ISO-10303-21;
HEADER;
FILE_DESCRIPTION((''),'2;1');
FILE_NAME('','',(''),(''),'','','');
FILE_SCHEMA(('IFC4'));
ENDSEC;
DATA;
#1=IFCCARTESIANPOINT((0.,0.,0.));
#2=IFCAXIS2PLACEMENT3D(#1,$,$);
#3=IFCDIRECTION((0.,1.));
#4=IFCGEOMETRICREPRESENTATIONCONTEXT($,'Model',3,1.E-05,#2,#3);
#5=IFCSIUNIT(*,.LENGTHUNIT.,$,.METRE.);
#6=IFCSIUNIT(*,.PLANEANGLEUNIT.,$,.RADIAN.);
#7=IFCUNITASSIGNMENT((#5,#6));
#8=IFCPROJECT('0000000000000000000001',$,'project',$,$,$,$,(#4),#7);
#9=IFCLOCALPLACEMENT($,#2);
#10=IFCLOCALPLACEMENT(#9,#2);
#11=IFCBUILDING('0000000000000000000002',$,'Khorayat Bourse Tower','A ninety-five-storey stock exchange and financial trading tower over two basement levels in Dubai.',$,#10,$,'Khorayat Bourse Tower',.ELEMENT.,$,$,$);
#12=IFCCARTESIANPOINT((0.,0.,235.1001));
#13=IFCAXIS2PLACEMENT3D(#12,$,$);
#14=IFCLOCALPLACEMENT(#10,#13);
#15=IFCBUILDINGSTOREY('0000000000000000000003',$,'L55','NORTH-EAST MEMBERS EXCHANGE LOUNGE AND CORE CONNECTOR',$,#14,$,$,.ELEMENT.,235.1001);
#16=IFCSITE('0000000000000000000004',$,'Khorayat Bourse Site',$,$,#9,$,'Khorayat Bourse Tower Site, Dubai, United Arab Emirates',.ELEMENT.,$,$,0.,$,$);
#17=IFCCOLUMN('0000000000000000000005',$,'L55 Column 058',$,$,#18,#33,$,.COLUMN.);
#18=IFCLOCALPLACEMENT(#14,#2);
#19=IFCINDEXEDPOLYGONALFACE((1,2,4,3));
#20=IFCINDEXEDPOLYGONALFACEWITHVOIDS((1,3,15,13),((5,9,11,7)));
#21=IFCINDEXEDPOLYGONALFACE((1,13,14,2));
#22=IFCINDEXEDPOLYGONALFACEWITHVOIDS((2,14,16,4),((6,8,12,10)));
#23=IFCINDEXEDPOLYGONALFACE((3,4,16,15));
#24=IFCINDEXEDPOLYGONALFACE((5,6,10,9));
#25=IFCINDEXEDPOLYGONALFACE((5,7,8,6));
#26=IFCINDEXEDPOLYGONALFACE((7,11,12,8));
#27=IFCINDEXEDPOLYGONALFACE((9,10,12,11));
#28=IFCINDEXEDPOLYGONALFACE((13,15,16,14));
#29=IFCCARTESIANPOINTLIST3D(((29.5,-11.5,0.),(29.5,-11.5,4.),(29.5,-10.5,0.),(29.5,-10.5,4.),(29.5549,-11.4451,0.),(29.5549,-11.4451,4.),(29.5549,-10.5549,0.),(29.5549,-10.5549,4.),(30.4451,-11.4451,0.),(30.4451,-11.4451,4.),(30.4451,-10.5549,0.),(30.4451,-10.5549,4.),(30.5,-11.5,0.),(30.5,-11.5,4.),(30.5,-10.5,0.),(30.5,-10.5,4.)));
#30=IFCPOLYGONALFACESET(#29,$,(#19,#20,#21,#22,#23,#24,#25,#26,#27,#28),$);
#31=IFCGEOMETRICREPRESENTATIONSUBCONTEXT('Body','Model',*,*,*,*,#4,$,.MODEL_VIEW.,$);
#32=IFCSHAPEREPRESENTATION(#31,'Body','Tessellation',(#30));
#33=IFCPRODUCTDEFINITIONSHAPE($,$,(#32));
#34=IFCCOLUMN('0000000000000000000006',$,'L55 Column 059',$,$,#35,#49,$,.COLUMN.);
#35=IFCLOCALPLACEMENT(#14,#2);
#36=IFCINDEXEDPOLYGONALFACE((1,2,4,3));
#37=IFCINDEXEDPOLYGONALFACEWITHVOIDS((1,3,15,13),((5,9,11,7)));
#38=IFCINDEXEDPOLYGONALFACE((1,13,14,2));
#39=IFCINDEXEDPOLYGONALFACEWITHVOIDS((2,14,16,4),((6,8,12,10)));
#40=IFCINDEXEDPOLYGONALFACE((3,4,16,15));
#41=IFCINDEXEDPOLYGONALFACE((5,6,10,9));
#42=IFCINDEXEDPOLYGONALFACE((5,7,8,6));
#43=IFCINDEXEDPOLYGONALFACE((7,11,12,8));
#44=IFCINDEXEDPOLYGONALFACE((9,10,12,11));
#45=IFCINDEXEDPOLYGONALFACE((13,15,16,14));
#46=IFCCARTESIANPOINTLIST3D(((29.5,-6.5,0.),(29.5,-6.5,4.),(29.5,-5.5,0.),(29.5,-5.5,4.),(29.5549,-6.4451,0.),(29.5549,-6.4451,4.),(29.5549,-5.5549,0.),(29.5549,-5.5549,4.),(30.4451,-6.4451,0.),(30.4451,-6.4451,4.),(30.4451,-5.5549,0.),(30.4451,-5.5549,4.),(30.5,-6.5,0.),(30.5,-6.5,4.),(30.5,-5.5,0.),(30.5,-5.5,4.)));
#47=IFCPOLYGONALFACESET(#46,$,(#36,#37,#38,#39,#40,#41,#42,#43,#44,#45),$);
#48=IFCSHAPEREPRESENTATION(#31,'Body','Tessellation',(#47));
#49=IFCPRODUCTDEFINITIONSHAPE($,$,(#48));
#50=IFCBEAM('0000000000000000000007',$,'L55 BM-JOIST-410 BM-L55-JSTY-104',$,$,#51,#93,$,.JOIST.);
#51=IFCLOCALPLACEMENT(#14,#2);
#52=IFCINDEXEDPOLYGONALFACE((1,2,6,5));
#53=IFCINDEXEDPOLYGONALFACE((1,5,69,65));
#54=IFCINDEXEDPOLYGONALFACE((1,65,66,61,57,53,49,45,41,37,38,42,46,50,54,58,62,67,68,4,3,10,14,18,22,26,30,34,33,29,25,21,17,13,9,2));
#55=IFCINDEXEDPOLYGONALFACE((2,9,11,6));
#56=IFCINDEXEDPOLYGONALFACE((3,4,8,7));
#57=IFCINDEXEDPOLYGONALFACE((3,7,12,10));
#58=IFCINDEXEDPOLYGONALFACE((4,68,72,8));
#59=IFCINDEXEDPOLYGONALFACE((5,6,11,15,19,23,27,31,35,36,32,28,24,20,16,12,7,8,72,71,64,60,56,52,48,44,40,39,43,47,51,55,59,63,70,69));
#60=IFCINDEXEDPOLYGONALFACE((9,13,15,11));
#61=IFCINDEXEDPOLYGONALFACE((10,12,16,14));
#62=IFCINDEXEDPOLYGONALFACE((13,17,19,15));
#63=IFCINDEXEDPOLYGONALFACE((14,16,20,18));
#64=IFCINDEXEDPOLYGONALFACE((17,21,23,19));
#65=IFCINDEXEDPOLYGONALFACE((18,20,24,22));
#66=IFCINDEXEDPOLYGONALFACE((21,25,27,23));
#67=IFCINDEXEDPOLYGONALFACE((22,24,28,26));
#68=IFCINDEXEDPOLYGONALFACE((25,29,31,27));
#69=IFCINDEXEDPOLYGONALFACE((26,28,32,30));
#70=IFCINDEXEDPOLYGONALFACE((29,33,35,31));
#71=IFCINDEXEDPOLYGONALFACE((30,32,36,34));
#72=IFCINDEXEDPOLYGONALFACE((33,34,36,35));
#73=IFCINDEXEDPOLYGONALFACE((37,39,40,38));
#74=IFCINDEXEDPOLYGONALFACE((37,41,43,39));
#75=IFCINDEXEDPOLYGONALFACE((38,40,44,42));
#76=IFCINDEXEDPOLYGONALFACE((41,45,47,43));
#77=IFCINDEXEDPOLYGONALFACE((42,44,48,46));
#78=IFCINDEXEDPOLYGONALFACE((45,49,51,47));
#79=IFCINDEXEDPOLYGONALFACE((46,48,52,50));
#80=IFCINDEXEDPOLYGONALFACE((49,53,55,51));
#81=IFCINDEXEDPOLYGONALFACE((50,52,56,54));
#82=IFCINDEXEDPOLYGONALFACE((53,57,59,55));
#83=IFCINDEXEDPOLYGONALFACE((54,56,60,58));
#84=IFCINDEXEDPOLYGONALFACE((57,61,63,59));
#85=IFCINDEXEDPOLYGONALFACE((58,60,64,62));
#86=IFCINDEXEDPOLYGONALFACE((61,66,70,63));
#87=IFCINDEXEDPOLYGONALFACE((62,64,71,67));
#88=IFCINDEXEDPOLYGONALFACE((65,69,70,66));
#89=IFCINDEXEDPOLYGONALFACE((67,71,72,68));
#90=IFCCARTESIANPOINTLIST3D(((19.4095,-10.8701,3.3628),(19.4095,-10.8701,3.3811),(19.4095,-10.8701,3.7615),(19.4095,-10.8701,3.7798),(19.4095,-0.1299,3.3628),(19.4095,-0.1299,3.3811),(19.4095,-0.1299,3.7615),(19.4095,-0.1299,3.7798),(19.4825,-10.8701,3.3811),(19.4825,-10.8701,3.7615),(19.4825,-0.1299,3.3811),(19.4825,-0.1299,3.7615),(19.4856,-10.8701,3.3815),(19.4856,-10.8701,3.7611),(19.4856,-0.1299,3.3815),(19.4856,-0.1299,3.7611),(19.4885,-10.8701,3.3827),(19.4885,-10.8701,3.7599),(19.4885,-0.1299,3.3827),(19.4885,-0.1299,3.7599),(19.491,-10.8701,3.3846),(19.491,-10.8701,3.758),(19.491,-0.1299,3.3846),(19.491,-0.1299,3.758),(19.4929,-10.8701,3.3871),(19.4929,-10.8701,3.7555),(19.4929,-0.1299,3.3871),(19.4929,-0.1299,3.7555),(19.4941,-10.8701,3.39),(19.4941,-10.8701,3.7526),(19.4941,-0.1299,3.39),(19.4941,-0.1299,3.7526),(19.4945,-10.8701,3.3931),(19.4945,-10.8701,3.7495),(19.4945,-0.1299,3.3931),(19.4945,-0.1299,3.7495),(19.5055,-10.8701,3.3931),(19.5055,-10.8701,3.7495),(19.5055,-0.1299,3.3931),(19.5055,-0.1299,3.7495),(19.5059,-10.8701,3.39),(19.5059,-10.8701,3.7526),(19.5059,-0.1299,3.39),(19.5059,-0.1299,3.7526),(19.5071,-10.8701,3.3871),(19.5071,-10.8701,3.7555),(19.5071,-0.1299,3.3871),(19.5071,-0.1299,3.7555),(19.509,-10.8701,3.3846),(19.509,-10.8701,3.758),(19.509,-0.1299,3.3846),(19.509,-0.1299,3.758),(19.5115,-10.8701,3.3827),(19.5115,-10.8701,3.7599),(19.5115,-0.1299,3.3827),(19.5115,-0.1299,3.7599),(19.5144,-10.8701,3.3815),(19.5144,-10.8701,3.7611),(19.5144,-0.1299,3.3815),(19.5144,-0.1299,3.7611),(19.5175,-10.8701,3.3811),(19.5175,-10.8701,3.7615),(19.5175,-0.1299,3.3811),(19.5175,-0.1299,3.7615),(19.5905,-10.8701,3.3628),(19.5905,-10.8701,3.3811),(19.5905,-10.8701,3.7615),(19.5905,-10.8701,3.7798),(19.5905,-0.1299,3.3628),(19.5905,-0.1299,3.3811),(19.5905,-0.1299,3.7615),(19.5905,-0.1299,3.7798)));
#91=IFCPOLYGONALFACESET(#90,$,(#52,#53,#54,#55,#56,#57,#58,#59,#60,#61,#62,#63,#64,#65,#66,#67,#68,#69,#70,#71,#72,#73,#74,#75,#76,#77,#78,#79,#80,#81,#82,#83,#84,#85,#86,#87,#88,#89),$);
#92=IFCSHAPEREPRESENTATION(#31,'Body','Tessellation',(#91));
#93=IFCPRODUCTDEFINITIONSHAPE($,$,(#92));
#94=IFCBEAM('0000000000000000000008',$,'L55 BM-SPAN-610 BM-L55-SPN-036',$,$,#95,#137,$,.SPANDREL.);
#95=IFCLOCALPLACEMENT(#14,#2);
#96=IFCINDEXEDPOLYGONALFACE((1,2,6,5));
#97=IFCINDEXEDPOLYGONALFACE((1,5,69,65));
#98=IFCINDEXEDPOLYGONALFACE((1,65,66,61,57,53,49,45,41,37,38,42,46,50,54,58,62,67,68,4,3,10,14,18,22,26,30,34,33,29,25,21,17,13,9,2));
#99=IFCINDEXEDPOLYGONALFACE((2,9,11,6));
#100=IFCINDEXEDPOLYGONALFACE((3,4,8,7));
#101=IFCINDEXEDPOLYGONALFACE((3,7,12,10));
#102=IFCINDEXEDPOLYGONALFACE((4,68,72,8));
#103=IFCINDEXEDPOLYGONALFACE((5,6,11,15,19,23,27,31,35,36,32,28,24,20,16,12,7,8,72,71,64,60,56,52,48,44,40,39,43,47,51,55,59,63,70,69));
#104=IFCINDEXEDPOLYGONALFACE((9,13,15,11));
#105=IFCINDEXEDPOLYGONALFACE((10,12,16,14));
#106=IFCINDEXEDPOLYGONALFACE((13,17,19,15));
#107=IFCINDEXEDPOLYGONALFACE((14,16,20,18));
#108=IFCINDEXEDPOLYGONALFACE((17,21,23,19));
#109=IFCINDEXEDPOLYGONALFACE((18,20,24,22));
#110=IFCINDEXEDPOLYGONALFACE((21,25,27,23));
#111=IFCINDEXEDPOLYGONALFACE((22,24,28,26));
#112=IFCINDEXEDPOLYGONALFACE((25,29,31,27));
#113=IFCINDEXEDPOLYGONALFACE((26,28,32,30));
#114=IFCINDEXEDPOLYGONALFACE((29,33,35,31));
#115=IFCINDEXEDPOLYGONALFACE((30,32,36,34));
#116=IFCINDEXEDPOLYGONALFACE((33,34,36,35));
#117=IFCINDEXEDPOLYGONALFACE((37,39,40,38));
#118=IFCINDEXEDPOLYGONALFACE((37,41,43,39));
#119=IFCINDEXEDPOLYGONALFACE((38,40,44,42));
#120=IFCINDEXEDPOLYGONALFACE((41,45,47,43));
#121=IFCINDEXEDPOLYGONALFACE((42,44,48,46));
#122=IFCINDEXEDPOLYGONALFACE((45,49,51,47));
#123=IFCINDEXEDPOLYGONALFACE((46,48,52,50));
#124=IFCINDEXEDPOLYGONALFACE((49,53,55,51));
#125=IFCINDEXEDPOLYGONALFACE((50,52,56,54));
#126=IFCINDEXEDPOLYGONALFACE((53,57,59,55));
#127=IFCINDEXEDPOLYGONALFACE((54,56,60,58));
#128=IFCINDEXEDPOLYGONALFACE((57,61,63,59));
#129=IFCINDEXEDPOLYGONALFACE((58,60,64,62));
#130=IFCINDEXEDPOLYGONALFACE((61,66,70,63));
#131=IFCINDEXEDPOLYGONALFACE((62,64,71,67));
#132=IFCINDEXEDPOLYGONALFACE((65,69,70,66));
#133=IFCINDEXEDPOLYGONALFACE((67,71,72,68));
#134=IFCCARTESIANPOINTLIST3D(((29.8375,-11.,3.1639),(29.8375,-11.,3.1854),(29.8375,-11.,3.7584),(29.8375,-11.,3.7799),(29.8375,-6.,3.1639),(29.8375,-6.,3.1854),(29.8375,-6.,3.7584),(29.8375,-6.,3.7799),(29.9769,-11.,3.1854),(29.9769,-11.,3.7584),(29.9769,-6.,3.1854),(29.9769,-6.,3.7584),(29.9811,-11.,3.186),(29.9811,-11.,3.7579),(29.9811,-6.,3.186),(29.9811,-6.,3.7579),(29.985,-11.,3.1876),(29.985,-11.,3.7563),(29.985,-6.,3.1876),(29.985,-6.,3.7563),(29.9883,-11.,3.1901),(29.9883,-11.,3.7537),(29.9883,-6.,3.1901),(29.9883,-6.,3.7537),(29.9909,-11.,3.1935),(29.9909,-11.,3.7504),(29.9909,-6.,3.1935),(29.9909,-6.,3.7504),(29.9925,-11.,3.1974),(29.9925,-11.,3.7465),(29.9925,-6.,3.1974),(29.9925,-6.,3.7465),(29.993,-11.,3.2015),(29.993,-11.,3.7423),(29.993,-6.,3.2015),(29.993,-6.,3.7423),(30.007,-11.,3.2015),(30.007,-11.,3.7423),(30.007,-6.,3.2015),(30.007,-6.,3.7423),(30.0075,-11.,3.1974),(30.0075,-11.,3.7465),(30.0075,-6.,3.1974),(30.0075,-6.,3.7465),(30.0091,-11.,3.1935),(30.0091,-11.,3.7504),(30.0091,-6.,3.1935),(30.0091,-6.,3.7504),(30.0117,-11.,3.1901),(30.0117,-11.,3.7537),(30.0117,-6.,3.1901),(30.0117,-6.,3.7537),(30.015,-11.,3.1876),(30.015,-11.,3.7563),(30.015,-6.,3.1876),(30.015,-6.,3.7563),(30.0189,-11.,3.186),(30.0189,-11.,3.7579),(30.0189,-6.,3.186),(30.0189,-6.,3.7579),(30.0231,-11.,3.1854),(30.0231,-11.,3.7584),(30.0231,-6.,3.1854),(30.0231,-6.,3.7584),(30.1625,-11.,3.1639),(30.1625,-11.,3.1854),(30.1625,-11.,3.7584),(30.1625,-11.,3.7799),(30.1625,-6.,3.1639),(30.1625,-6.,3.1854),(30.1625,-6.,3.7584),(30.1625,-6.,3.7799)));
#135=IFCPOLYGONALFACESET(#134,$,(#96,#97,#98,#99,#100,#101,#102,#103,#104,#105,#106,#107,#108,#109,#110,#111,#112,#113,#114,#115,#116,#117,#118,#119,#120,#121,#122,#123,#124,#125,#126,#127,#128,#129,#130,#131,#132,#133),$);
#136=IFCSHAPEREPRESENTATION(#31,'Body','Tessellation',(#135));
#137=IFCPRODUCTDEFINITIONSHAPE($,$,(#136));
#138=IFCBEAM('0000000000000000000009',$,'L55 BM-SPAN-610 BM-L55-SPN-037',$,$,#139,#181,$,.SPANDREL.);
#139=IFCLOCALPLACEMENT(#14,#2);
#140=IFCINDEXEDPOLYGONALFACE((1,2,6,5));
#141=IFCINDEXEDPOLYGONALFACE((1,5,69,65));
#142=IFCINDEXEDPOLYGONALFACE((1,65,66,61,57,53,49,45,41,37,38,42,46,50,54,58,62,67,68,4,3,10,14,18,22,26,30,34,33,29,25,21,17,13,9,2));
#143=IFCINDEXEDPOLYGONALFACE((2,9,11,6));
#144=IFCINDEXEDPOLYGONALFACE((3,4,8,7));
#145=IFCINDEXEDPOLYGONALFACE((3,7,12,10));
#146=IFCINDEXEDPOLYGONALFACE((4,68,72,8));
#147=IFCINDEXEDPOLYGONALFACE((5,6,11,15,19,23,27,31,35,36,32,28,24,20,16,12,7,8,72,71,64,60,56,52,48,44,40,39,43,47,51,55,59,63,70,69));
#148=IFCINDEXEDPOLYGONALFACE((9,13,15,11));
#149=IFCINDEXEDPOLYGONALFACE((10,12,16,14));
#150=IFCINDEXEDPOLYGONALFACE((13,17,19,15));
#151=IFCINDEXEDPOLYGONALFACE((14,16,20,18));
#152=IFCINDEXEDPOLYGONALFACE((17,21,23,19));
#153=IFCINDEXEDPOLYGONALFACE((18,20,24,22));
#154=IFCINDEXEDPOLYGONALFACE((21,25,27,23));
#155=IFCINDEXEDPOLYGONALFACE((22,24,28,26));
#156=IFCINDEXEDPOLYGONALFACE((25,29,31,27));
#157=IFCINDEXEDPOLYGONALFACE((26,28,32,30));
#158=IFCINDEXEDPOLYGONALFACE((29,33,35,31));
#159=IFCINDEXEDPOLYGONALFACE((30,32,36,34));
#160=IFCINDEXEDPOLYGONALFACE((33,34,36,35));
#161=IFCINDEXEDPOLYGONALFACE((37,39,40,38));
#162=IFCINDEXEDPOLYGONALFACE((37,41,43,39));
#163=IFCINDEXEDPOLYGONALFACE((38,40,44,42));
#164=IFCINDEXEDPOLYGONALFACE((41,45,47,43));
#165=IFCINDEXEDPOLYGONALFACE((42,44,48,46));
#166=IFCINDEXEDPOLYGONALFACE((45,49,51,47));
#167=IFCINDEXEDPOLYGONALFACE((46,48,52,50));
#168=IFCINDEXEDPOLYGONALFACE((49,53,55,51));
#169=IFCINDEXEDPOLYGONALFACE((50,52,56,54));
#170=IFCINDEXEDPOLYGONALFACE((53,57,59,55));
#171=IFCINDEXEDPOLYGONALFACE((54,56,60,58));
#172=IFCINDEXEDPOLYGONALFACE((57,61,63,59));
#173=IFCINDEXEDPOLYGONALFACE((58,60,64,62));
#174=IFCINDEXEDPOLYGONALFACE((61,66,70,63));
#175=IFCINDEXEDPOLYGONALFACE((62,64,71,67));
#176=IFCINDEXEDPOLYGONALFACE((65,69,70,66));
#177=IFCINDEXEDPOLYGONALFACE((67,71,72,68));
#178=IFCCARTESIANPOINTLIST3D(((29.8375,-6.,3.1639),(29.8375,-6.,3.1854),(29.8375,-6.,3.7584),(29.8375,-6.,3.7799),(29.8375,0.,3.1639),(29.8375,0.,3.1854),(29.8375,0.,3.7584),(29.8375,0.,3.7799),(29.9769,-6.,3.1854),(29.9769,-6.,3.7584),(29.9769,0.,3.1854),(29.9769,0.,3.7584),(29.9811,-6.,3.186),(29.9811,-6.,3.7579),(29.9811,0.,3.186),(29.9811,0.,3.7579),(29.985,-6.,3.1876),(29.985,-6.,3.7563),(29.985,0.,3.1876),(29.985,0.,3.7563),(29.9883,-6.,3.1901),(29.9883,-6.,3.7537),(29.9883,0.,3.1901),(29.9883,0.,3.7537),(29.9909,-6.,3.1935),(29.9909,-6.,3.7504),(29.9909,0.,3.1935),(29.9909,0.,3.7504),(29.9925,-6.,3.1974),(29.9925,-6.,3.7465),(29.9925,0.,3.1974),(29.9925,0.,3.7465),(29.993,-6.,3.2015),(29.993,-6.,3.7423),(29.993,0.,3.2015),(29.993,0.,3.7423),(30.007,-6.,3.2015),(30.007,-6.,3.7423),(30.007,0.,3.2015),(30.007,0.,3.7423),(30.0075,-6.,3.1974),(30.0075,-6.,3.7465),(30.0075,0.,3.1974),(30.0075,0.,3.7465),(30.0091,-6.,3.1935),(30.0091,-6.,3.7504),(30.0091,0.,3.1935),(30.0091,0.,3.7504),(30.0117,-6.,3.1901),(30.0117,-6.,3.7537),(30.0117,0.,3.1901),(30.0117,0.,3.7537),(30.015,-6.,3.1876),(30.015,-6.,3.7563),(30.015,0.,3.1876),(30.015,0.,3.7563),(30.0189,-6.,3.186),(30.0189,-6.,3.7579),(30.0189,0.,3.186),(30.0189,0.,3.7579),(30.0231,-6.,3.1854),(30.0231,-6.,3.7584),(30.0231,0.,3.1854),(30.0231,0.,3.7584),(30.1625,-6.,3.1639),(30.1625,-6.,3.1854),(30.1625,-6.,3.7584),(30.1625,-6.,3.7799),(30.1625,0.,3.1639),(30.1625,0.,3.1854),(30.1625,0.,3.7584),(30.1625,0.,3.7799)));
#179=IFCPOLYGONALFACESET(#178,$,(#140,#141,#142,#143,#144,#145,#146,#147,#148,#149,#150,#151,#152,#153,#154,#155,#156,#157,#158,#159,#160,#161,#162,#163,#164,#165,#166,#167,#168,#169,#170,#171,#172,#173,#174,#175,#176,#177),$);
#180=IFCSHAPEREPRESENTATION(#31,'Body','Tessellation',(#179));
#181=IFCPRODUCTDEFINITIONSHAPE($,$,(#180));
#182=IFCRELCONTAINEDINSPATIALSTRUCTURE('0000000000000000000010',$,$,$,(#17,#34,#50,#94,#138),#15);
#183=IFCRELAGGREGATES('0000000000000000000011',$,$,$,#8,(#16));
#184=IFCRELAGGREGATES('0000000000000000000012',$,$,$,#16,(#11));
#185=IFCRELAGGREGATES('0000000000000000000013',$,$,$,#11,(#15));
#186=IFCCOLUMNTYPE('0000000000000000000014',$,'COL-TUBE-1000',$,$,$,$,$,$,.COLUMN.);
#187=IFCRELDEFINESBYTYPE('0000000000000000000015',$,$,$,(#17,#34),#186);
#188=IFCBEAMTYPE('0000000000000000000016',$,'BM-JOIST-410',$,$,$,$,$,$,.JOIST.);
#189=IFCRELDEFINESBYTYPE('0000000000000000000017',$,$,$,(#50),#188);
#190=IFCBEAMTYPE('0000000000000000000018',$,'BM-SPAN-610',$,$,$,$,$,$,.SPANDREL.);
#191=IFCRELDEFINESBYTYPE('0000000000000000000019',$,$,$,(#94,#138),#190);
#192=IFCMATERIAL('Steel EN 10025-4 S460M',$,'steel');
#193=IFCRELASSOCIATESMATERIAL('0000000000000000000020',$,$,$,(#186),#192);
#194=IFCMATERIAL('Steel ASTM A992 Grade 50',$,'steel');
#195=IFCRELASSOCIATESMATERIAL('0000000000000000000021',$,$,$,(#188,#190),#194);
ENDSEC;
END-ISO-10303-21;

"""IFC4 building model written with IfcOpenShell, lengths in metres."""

from ifc_helpers import new_model, si_unit, direction, frame, origin, origin_2d, place, context, subcontext, project, spatial, hollow_rectangle, i_section, extrude, source, transform, mapped, material, material_profile, profile_set, type_object, element, save


model = new_model("IFC4")

# Units and contexts
model_context = context("Model", 3, precision=1e-05, world=origin(), true_north=direction((0.0, 1.0)))
body_context = subcontext(model_context, "Body", "Model", "MODEL_VIEW")
ifc_project = project(units=[si_unit("LENGTHUNIT", "METRE"), si_unit("PLANEANGLEUNIT", "RADIAN")], contexts=[model_context])

# Site, building, storey
site_placement = place(None, origin())
site = spatial("IfcSite", under=ifc_project, at=site_placement, Name="Khorayat Bourse Site", LongName="Khorayat Bourse Tower Site, Dubai, United Arab Emirates", CompositionType="ELEMENT", RefElevation=0.0)
building_placement = place(site_placement, origin())
building = spatial("IfcBuilding", under=site, at=building_placement, Name="Khorayat Bourse Tower", Description="A ninety-five-storey stock exchange and financial trading tower over two basement levels in Dubai.", LongName="Khorayat Bourse Tower", CompositionType="ELEMENT")
storey_placement = place(building_placement, frame((0.0, 0.0, 235.1001)))
storey = spatial("IfcBuildingStorey", under=building, at=storey_placement, Name="L55", Description="NORTH-EAST MEMBERS EXCHANGE LOUNGE AND CORE CONNECTOR", CompositionType="ELEMENT", Elevation=235.1001)

# Columns
ifc_material_1 = material(Name="Steel EN 10025-4 S460M", Category="steel")
ifc_material_profile_1 = material_profile(ifc_material_1, hollow_rectangle(XDim=1.0, YDim=1.0, WallThickness=0.0549, at=origin_2d()), Name="BOX 1000x1000x55")
ifc_profile_set_1 = profile_set([ifc_material_profile_1], Name="Steel EN 10025-4 S460M")
column_type = type_object("IfcColumnType", Name="COL-TUBE-1000", PredefinedType="COLUMN", material=ifc_profile_set_1)
shared_shape_1 = source(origin(), body_context, "Body", "SweptSolid", [
    extrude(hollow_rectangle(XDim=1.0, YDim=1.0, WallThickness=0.0549, at=origin_2d()), origin(), (0.0, 0.0, 1.0), 4.0),
])
for number, where, z_axis, x_axis, name in (
    (1, (30.0, -11.0, 0.0), (0.0, 0.0, 1.0), (1.0, 0.0, 0.0), "L55 Column 058"),
    (2, (30.0, -6.0, 0.0), (0.0, 0.0, 1.0), (1.0, 0.0, 0.0), "L55 Column 059"),
):
    element("IfcColumn", number, at=place(storey_placement, frame(where, z_axis=z_axis, x_axis=x_axis)), inside=storey, type_object=column_type, Name=name, PredefinedType="COLUMN", context=body_context, shape_type="MappedRepresentation", body=[
        mapped(shared_shape_1, transform((0.0, 0.0, 0.0), scale=1.0)),
    ])

# Beams
ifc_material_2 = material(Name="Steel ASTM A992 Grade 50", Category="steel")
ifc_material_profile_2 = material_profile(ifc_material_2, i_section(OverallWidth=0.1809, OverallDepth=0.417, WebThickness=0.011, FlangeThickness=0.0183, FilletRadius=0.012, at=origin_2d()), Name="W410X85")
ifc_profile_set_2 = profile_set([ifc_material_profile_2], Name="Steel ASTM A992 Grade 50")
beam_type_1 = type_object("IfcBeamType", Name="BM-JOIST-410", PredefinedType="JOIST", material=ifc_profile_set_2)
shared_shape_2 = source(origin(), body_context, "Body", "SweptSolid", [
    extrude(i_section(OverallWidth=0.1809, OverallDepth=0.417, WebThickness=0.011, FlangeThickness=0.0183, FilletRadius=0.012, at=origin_2d()), origin(), (0.0, 0.0, 1.0), 10.7402),
])
beam_1_placement = place(storey_placement, frame((19.5, -10.8701, 3.5713), z_axis=(0.0, 1.0, 0.0), x_axis=(-1.0, 0.0, 0.0)))
element("IfcBeam", 3, at=beam_1_placement, inside=storey, type_object=beam_type_1, Name="L55 BM-JOIST-410 BM-L55-JSTY-104", PredefinedType="JOIST", context=body_context, shape_type="MappedRepresentation", body=[
    mapped(shared_shape_2, transform((0.0, 0.0, 0.0), scale=1.0)),
])
ifc_material_profile_3 = material_profile(ifc_material_2, i_section(OverallWidth=0.325, OverallDepth=0.616, WebThickness=0.0139, FlangeThickness=0.0215, FilletRadius=0.0161, at=origin_2d()), Name="W610X174")
ifc_profile_set_3 = profile_set([ifc_material_profile_3], Name="Steel ASTM A992 Grade 50")
beam_type_2 = type_object("IfcBeamType", Name="BM-SPAN-610", PredefinedType="SPANDREL", material=ifc_profile_set_3)
shared_shape_3 = source(origin(), body_context, "Body", "SweptSolid", [
    extrude(i_section(OverallWidth=0.325, OverallDepth=0.616, WebThickness=0.0139, FlangeThickness=0.0215, FilletRadius=0.0161, at=origin_2d()), origin(), (0.0, 0.0, 1.0), 5.0),
])
beam_2_placement = place(storey_placement, frame((30.0, -11.0, 3.4719), z_axis=(0.0, 1.0, 0.0), x_axis=(-1.0, 0.0, 0.0)))
element("IfcBeam", 4, at=beam_2_placement, inside=storey, type_object=beam_type_2, Name="L55 BM-SPAN-610 BM-L55-SPN-036", PredefinedType="SPANDREL", context=body_context, shape_type="MappedRepresentation", body=[
    mapped(shared_shape_3, transform((0.0, 0.0, 0.0), scale=1.0)),
])
shared_shape_4 = source(origin(), body_context, "Body", "SweptSolid", [
    extrude(i_section(OverallWidth=0.325, OverallDepth=0.616, WebThickness=0.0139, FlangeThickness=0.0215, FilletRadius=0.0161, at=origin_2d()), origin(), (0.0, 0.0, 1.0), 6.0),
])
beam_3_placement = place(storey_placement, frame((30.0, -6.0, 3.4719), z_axis=(0.0, 1.0, 0.0), x_axis=(-1.0, 0.0, 0.0)))
element("IfcBeam", 5, at=beam_3_placement, inside=storey, type_object=beam_type_2, Name="L55 BM-SPAN-610 BM-L55-SPN-037", PredefinedType="SPANDREL", context=body_context, shape_type="MappedRepresentation", body=[
    mapped(shared_shape_4, transform((0.0, 0.0, 0.0), scale=1.0)),
])

save(model, "model.ifc")
